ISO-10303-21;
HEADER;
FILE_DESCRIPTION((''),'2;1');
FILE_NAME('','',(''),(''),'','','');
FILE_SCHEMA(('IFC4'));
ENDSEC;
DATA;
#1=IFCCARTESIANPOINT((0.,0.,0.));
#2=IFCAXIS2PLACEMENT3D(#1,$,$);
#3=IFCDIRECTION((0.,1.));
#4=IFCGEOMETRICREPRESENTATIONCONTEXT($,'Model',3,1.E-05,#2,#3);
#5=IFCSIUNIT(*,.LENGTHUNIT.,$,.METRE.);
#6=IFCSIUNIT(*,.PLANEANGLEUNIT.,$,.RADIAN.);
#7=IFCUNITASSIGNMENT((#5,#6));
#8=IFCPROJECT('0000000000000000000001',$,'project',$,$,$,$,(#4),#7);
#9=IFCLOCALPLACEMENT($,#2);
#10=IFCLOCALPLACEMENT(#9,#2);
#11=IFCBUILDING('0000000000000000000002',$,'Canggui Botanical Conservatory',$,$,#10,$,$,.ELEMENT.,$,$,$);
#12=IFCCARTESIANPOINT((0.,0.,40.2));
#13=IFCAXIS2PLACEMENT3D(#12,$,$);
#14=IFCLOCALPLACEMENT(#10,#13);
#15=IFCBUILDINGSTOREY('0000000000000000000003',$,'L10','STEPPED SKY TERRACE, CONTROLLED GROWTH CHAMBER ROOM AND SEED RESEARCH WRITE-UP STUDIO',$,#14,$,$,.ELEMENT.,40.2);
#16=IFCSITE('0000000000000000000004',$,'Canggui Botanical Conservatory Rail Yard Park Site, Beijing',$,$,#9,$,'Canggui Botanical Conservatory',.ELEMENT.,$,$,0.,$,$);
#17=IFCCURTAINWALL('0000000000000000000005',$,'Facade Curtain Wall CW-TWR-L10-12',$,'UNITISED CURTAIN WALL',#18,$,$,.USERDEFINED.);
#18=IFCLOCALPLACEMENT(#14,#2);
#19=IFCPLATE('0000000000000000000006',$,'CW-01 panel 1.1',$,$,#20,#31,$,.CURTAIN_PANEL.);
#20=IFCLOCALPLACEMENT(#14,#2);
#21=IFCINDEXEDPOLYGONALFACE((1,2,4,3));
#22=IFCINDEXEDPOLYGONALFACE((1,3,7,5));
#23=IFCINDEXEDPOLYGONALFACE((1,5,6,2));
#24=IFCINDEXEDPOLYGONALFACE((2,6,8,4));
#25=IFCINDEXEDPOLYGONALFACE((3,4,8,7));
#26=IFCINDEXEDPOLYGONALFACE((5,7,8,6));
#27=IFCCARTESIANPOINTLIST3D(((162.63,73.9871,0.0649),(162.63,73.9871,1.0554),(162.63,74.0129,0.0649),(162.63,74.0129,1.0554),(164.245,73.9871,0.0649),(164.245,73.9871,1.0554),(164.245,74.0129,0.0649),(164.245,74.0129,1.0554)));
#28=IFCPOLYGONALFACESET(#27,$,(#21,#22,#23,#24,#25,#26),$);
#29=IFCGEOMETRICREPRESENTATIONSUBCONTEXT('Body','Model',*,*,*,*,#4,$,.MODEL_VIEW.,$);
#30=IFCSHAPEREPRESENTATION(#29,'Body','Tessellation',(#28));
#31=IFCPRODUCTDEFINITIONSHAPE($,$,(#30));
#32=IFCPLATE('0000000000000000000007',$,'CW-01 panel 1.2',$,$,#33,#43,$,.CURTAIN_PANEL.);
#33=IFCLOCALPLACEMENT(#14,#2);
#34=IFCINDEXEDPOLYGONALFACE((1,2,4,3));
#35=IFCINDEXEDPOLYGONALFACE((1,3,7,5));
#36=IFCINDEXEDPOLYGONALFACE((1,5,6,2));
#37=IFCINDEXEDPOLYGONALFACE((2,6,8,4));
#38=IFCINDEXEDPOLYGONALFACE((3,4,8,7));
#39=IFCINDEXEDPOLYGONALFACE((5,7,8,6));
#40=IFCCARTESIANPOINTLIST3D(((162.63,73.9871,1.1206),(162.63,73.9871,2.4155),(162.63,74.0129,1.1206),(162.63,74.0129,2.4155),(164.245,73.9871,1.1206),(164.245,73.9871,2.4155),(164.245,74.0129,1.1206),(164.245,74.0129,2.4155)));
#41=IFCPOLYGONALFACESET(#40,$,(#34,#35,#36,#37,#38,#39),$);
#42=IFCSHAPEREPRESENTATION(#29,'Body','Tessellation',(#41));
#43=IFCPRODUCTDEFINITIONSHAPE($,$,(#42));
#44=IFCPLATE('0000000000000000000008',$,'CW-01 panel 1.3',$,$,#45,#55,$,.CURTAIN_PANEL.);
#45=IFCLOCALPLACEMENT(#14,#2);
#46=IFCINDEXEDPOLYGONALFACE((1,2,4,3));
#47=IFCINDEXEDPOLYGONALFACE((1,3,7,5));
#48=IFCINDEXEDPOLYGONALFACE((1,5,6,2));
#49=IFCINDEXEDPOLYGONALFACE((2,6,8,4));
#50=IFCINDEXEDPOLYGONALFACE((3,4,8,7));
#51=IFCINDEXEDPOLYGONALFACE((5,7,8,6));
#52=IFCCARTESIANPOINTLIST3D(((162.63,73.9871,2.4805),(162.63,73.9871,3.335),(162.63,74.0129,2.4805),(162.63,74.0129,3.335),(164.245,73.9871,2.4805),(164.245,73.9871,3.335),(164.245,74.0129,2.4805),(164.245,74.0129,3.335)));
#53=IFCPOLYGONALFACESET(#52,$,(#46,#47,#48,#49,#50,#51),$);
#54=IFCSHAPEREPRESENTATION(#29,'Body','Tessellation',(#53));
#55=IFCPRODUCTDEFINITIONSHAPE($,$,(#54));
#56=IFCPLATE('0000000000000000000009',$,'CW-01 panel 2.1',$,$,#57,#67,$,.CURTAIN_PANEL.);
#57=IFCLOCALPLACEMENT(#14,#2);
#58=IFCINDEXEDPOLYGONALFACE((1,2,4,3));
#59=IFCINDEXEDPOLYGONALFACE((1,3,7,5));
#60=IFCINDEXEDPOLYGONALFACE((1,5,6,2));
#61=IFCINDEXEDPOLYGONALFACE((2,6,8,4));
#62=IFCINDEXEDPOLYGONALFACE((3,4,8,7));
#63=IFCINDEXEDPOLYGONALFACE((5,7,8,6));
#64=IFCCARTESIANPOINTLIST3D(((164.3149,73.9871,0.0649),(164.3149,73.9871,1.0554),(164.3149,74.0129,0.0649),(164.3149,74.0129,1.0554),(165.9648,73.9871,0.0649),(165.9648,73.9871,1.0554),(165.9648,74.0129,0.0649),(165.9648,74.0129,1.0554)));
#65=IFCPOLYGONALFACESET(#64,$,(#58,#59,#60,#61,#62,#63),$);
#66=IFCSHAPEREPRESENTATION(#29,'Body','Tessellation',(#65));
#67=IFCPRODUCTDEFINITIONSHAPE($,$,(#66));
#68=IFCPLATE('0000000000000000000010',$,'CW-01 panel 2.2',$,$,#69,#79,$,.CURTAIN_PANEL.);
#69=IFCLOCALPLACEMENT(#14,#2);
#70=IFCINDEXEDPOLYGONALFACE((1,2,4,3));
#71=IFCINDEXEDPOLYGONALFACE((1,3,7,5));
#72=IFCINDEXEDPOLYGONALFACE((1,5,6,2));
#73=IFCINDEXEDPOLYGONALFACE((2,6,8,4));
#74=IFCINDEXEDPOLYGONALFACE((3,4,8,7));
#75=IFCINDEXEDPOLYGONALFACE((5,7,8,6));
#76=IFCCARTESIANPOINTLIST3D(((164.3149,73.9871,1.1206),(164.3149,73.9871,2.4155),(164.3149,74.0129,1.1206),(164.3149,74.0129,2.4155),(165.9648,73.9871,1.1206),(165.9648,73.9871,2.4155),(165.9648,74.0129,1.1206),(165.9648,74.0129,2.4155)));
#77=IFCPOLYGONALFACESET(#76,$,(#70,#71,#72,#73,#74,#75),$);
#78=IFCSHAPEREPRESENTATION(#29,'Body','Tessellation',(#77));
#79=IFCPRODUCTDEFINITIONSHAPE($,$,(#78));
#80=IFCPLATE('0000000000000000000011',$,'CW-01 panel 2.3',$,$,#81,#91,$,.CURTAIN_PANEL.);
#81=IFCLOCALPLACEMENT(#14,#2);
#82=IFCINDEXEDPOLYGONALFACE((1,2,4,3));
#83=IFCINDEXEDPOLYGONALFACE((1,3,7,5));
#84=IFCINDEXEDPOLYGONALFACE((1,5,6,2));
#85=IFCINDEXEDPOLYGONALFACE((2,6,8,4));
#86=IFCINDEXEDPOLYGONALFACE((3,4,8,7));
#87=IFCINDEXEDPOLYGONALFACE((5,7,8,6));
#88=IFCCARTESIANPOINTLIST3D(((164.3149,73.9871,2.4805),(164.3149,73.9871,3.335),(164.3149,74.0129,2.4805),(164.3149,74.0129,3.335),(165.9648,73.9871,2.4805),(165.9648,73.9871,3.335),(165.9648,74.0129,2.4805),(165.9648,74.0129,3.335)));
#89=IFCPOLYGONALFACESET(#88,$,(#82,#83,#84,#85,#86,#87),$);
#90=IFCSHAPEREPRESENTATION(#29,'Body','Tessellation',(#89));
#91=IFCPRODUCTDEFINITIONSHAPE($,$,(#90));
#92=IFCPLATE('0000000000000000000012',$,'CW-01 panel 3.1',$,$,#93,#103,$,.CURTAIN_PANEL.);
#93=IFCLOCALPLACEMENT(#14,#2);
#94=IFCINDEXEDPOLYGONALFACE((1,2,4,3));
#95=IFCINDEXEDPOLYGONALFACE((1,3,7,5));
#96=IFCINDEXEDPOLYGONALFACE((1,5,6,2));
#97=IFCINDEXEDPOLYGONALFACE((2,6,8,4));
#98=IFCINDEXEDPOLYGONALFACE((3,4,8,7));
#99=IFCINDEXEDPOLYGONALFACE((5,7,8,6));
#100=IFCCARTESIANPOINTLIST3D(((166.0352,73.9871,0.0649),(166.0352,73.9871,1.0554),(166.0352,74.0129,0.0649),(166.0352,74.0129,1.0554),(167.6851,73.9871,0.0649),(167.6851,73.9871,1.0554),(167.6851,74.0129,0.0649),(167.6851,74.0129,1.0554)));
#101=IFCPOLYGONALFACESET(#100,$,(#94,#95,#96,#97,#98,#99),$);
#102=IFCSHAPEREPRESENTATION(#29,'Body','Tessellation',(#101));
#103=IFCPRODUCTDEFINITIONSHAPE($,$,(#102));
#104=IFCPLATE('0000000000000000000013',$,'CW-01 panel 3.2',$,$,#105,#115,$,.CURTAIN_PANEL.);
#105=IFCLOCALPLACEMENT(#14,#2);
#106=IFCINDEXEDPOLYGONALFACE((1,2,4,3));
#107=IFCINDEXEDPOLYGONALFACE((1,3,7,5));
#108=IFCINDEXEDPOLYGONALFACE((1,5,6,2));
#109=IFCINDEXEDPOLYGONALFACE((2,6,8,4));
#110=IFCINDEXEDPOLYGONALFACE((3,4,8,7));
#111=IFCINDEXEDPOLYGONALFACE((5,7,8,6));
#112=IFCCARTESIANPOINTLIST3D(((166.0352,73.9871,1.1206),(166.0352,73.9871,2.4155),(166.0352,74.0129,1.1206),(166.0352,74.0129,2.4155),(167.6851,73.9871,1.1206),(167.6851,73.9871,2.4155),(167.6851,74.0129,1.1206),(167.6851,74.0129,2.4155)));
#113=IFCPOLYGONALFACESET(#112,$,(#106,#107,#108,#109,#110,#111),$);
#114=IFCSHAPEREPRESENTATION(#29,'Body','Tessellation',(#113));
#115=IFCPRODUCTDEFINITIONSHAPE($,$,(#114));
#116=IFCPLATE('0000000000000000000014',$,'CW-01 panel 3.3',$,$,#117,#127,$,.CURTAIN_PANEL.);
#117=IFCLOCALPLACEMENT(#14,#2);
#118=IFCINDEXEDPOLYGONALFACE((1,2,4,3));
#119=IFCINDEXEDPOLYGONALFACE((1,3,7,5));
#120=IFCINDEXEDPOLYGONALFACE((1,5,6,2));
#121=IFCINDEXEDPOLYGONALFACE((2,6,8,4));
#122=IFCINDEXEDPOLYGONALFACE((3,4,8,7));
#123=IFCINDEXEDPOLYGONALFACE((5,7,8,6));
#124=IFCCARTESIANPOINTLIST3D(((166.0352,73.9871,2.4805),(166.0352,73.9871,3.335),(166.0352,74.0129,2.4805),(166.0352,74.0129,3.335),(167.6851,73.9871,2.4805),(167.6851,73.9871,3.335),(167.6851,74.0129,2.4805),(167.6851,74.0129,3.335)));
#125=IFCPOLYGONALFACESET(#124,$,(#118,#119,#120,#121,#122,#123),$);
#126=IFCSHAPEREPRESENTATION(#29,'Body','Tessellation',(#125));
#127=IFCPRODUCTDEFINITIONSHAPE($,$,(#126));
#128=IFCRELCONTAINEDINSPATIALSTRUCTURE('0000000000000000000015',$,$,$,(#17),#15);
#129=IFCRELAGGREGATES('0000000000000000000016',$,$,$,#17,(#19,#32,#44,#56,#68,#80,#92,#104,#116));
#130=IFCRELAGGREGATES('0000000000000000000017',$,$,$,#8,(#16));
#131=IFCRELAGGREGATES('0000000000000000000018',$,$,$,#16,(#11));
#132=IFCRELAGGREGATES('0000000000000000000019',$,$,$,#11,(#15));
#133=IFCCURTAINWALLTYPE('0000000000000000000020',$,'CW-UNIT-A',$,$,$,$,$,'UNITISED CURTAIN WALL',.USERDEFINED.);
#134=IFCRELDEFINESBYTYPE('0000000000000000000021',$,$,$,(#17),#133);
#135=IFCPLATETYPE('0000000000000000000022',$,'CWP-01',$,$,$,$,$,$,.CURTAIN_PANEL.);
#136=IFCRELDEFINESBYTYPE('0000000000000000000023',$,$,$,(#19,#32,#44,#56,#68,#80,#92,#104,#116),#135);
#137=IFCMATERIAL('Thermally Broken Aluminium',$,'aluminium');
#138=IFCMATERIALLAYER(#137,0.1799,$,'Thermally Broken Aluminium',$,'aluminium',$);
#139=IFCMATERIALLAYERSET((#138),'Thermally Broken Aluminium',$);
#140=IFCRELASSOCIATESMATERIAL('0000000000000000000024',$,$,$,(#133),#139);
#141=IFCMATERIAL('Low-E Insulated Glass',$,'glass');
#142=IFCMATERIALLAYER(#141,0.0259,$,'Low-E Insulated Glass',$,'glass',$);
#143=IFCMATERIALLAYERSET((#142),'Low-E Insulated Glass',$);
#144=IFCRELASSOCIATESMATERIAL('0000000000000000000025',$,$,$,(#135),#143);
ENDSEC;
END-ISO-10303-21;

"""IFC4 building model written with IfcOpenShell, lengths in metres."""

from ifc_helpers import new_model, si_unit, direction, frame, origin, origin_2d, place, context, subcontext, project, spatial, rectangle, extrude, material, layer, layer_set, type_object, element, aggregate, save


model = new_model("IFC4")

# Units and contexts
model_context = context("Model", 3, precision=1e-05, world=origin(), true_north=direction((0.0, 1.0)))
body_context = subcontext(model_context, "Body", "Model", "MODEL_VIEW")
ifc_project = project(units=[si_unit("LENGTHUNIT", "METRE"), si_unit("PLANEANGLEUNIT", "RADIAN")], contexts=[model_context])

# Site, building, storey
site_placement = place(None, origin())
site = spatial("IfcSite", under=ifc_project, at=site_placement, Name="Canggui Botanical Conservatory Rail Yard Park Site, Beijing", LongName="Canggui Botanical Conservatory", CompositionType="ELEMENT", RefElevation=0.0)
building_placement = place(site_placement, origin())
building = spatial("IfcBuilding", under=site, at=building_placement, Name="Canggui Botanical Conservatory", CompositionType="ELEMENT")
storey_placement = place(building_placement, frame((0.0, 0.0, 40.2)))
storey = spatial("IfcBuildingStorey", under=building, at=storey_placement, Name="L10", Description="STEPPED SKY TERRACE, CONTROLLED GROWTH CHAMBER ROOM AND SEED RESEARCH WRITE-UP STUDIO", CompositionType="ELEMENT", Elevation=40.2)

# Curtain wall, plates
ifc_material_1 = material(Name="Thermally Broken Aluminium", Category="aluminium")
ifc_layer_1 = layer(ifc_material_1, 0.1799, Name="Thermally Broken Aluminium", Category="aluminium")
ifc_layer_set_1 = layer_set([ifc_layer_1], Name="Thermally Broken Aluminium")
curtain_wall_type = type_object("IfcCurtainWallType", Name="CW-UNIT-A", ElementType="UNITISED CURTAIN WALL", PredefinedType="USERDEFINED", material=ifc_layer_set_1)
curtain_wall_placement = place(storey_placement, origin())
curtain_wall = element("IfcCurtainWall", 1, at=curtain_wall_placement, inside=storey, type_object=curtain_wall_type, Name="Facade Curtain Wall CW-TWR-L10-12", ObjectType="UNITISED CURTAIN WALL", PredefinedType="USERDEFINED")
ifc_material_2 = material(Name="Low-E Insulated Glass", Category="glass")
ifc_layer_2 = layer(ifc_material_2, 0.0259, Name="Low-E Insulated Glass", Category="glass")
ifc_layer_set_2 = layer_set([ifc_layer_2], Name="Low-E Insulated Glass")
plate_type = type_object("IfcPlateType", Name="CWP-01", PredefinedType="CURTAIN_PANEL", material=ifc_layer_set_2)
plate_1_placement = place(storey_placement, frame((163.4375, 74.0, 0.0649), z_axis=(0.0, 0.0, 1.0), x_axis=(1.0, 0.0, 0.0)))
plate_1 = element("IfcPlate", 2, at=plate_1_placement, type_object=plate_type, Name="CW-01 panel 1.1", PredefinedType="CURTAIN_PANEL", context=body_context, shape_type="SweptSolid", body=[
    extrude(rectangle(XDim=1.615, YDim=0.0259, at=origin_2d()), origin(), (0.0, 0.0, 1.0), 0.9905),
])
plate_2_placement = place(storey_placement, frame((163.4375, 74.0, 1.1206), z_axis=(0.0, 0.0, 1.0), x_axis=(1.0, 0.0, 0.0)))
plate_2 = element("IfcPlate", 3, at=plate_2_placement, type_object=plate_type, Name="CW-01 panel 1.2", PredefinedType="CURTAIN_PANEL", context=body_context, shape_type="SweptSolid", body=[
    extrude(rectangle(XDim=1.615, YDim=0.0259, at=origin_2d()), origin(), (0.0, 0.0, 1.0), 1.2949),
])
plate_3_placement = place(storey_placement, frame((163.4375, 74.0, 2.4805), z_axis=(0.0, 0.0, 1.0), x_axis=(1.0, 0.0, 0.0)))
plate_3 = element("IfcPlate", 4, at=plate_3_placement, type_object=plate_type, Name="CW-01 panel 1.3", PredefinedType="CURTAIN_PANEL", context=body_context, shape_type="SweptSolid", body=[
    extrude(rectangle(XDim=1.615, YDim=0.0259, at=origin_2d()), origin(), (0.0, 0.0, 1.0), 0.8545),
])
plate_4_placement = place(storey_placement, frame((165.1399, 74.0, 0.0649), z_axis=(0.0, 0.0, 1.0), x_axis=(1.0, 0.0, 0.0)))
plate_4 = element("IfcPlate", 5, at=plate_4_placement, type_object=plate_type, Name="CW-01 panel 2.1", PredefinedType="CURTAIN_PANEL", context=body_context, shape_type="SweptSolid", body=[
    extrude(rectangle(XDim=1.6499, YDim=0.0259, at=origin_2d()), origin(), (0.0, 0.0, 1.0), 0.9905),
])
plate_5_placement = place(storey_placement, frame((165.1399, 74.0, 1.1206), z_axis=(0.0, 0.0, 1.0), x_axis=(1.0, 0.0, 0.0)))
plate_5 = element("IfcPlate", 6, at=plate_5_placement, type_object=plate_type, Name="CW-01 panel 2.2", PredefinedType="CURTAIN_PANEL", context=body_context, shape_type="SweptSolid", body=[
    extrude(rectangle(XDim=1.6499, YDim=0.0259, at=origin_2d()), origin(), (0.0, 0.0, 1.0), 1.2949),
])
plate_6_placement = place(storey_placement, frame((165.1399, 74.0, 2.4805), z_axis=(0.0, 0.0, 1.0), x_axis=(1.0, 0.0, 0.0)))
plate_6 = element("IfcPlate", 7, at=plate_6_placement, type_object=plate_type, Name="CW-01 panel 2.3", PredefinedType="CURTAIN_PANEL", context=body_context, shape_type="SweptSolid", body=[
    extrude(rectangle(XDim=1.6499, YDim=0.0259, at=origin_2d()), origin(), (0.0, 0.0, 1.0), 0.8545),
])
plate_7_placement = place(storey_placement, frame((166.8601, 74.0, 0.0649), z_axis=(0.0, 0.0, 1.0), x_axis=(1.0, 0.0, 0.0)))
plate_7 = element("IfcPlate", 8, at=plate_7_placement, type_object=plate_type, Name="CW-01 panel 3.1", PredefinedType="CURTAIN_PANEL", context=body_context, shape_type="SweptSolid", body=[
    extrude(rectangle(XDim=1.6499, YDim=0.0259, at=origin_2d()), origin(), (0.0, 0.0, 1.0), 0.9905),
])
plate_8_placement = place(storey_placement, frame((166.8601, 74.0, 1.1206), z_axis=(0.0, 0.0, 1.0), x_axis=(1.0, 0.0, 0.0)))
plate_8 = element("IfcPlate", 9, at=plate_8_placement, type_object=plate_type, Name="CW-01 panel 3.2", PredefinedType="CURTAIN_PANEL", context=body_context, shape_type="SweptSolid", body=[
    extrude(rectangle(XDim=1.6499, YDim=0.0259, at=origin_2d()), origin(), (0.0, 0.0, 1.0), 1.2949),
])
plate_9_placement = place(storey_placement, frame((166.8601, 74.0, 2.4805), z_axis=(0.0, 0.0, 1.0), x_axis=(1.0, 0.0, 0.0)))
plate_9 = element("IfcPlate", 10, at=plate_9_placement, type_object=plate_type, Name="CW-01 panel 3.3", PredefinedType="CURTAIN_PANEL", context=body_context, shape_type="SweptSolid", body=[
    extrude(rectangle(XDim=1.6499, YDim=0.0259, at=origin_2d()), origin(), (0.0, 0.0, 1.0), 0.8545),
])
aggregate(curtain_wall, [plate_1, plate_2, plate_3, plate_4, plate_5, plate_6, plate_7, plate_8, plate_9])

save(model, "model.ifc")
